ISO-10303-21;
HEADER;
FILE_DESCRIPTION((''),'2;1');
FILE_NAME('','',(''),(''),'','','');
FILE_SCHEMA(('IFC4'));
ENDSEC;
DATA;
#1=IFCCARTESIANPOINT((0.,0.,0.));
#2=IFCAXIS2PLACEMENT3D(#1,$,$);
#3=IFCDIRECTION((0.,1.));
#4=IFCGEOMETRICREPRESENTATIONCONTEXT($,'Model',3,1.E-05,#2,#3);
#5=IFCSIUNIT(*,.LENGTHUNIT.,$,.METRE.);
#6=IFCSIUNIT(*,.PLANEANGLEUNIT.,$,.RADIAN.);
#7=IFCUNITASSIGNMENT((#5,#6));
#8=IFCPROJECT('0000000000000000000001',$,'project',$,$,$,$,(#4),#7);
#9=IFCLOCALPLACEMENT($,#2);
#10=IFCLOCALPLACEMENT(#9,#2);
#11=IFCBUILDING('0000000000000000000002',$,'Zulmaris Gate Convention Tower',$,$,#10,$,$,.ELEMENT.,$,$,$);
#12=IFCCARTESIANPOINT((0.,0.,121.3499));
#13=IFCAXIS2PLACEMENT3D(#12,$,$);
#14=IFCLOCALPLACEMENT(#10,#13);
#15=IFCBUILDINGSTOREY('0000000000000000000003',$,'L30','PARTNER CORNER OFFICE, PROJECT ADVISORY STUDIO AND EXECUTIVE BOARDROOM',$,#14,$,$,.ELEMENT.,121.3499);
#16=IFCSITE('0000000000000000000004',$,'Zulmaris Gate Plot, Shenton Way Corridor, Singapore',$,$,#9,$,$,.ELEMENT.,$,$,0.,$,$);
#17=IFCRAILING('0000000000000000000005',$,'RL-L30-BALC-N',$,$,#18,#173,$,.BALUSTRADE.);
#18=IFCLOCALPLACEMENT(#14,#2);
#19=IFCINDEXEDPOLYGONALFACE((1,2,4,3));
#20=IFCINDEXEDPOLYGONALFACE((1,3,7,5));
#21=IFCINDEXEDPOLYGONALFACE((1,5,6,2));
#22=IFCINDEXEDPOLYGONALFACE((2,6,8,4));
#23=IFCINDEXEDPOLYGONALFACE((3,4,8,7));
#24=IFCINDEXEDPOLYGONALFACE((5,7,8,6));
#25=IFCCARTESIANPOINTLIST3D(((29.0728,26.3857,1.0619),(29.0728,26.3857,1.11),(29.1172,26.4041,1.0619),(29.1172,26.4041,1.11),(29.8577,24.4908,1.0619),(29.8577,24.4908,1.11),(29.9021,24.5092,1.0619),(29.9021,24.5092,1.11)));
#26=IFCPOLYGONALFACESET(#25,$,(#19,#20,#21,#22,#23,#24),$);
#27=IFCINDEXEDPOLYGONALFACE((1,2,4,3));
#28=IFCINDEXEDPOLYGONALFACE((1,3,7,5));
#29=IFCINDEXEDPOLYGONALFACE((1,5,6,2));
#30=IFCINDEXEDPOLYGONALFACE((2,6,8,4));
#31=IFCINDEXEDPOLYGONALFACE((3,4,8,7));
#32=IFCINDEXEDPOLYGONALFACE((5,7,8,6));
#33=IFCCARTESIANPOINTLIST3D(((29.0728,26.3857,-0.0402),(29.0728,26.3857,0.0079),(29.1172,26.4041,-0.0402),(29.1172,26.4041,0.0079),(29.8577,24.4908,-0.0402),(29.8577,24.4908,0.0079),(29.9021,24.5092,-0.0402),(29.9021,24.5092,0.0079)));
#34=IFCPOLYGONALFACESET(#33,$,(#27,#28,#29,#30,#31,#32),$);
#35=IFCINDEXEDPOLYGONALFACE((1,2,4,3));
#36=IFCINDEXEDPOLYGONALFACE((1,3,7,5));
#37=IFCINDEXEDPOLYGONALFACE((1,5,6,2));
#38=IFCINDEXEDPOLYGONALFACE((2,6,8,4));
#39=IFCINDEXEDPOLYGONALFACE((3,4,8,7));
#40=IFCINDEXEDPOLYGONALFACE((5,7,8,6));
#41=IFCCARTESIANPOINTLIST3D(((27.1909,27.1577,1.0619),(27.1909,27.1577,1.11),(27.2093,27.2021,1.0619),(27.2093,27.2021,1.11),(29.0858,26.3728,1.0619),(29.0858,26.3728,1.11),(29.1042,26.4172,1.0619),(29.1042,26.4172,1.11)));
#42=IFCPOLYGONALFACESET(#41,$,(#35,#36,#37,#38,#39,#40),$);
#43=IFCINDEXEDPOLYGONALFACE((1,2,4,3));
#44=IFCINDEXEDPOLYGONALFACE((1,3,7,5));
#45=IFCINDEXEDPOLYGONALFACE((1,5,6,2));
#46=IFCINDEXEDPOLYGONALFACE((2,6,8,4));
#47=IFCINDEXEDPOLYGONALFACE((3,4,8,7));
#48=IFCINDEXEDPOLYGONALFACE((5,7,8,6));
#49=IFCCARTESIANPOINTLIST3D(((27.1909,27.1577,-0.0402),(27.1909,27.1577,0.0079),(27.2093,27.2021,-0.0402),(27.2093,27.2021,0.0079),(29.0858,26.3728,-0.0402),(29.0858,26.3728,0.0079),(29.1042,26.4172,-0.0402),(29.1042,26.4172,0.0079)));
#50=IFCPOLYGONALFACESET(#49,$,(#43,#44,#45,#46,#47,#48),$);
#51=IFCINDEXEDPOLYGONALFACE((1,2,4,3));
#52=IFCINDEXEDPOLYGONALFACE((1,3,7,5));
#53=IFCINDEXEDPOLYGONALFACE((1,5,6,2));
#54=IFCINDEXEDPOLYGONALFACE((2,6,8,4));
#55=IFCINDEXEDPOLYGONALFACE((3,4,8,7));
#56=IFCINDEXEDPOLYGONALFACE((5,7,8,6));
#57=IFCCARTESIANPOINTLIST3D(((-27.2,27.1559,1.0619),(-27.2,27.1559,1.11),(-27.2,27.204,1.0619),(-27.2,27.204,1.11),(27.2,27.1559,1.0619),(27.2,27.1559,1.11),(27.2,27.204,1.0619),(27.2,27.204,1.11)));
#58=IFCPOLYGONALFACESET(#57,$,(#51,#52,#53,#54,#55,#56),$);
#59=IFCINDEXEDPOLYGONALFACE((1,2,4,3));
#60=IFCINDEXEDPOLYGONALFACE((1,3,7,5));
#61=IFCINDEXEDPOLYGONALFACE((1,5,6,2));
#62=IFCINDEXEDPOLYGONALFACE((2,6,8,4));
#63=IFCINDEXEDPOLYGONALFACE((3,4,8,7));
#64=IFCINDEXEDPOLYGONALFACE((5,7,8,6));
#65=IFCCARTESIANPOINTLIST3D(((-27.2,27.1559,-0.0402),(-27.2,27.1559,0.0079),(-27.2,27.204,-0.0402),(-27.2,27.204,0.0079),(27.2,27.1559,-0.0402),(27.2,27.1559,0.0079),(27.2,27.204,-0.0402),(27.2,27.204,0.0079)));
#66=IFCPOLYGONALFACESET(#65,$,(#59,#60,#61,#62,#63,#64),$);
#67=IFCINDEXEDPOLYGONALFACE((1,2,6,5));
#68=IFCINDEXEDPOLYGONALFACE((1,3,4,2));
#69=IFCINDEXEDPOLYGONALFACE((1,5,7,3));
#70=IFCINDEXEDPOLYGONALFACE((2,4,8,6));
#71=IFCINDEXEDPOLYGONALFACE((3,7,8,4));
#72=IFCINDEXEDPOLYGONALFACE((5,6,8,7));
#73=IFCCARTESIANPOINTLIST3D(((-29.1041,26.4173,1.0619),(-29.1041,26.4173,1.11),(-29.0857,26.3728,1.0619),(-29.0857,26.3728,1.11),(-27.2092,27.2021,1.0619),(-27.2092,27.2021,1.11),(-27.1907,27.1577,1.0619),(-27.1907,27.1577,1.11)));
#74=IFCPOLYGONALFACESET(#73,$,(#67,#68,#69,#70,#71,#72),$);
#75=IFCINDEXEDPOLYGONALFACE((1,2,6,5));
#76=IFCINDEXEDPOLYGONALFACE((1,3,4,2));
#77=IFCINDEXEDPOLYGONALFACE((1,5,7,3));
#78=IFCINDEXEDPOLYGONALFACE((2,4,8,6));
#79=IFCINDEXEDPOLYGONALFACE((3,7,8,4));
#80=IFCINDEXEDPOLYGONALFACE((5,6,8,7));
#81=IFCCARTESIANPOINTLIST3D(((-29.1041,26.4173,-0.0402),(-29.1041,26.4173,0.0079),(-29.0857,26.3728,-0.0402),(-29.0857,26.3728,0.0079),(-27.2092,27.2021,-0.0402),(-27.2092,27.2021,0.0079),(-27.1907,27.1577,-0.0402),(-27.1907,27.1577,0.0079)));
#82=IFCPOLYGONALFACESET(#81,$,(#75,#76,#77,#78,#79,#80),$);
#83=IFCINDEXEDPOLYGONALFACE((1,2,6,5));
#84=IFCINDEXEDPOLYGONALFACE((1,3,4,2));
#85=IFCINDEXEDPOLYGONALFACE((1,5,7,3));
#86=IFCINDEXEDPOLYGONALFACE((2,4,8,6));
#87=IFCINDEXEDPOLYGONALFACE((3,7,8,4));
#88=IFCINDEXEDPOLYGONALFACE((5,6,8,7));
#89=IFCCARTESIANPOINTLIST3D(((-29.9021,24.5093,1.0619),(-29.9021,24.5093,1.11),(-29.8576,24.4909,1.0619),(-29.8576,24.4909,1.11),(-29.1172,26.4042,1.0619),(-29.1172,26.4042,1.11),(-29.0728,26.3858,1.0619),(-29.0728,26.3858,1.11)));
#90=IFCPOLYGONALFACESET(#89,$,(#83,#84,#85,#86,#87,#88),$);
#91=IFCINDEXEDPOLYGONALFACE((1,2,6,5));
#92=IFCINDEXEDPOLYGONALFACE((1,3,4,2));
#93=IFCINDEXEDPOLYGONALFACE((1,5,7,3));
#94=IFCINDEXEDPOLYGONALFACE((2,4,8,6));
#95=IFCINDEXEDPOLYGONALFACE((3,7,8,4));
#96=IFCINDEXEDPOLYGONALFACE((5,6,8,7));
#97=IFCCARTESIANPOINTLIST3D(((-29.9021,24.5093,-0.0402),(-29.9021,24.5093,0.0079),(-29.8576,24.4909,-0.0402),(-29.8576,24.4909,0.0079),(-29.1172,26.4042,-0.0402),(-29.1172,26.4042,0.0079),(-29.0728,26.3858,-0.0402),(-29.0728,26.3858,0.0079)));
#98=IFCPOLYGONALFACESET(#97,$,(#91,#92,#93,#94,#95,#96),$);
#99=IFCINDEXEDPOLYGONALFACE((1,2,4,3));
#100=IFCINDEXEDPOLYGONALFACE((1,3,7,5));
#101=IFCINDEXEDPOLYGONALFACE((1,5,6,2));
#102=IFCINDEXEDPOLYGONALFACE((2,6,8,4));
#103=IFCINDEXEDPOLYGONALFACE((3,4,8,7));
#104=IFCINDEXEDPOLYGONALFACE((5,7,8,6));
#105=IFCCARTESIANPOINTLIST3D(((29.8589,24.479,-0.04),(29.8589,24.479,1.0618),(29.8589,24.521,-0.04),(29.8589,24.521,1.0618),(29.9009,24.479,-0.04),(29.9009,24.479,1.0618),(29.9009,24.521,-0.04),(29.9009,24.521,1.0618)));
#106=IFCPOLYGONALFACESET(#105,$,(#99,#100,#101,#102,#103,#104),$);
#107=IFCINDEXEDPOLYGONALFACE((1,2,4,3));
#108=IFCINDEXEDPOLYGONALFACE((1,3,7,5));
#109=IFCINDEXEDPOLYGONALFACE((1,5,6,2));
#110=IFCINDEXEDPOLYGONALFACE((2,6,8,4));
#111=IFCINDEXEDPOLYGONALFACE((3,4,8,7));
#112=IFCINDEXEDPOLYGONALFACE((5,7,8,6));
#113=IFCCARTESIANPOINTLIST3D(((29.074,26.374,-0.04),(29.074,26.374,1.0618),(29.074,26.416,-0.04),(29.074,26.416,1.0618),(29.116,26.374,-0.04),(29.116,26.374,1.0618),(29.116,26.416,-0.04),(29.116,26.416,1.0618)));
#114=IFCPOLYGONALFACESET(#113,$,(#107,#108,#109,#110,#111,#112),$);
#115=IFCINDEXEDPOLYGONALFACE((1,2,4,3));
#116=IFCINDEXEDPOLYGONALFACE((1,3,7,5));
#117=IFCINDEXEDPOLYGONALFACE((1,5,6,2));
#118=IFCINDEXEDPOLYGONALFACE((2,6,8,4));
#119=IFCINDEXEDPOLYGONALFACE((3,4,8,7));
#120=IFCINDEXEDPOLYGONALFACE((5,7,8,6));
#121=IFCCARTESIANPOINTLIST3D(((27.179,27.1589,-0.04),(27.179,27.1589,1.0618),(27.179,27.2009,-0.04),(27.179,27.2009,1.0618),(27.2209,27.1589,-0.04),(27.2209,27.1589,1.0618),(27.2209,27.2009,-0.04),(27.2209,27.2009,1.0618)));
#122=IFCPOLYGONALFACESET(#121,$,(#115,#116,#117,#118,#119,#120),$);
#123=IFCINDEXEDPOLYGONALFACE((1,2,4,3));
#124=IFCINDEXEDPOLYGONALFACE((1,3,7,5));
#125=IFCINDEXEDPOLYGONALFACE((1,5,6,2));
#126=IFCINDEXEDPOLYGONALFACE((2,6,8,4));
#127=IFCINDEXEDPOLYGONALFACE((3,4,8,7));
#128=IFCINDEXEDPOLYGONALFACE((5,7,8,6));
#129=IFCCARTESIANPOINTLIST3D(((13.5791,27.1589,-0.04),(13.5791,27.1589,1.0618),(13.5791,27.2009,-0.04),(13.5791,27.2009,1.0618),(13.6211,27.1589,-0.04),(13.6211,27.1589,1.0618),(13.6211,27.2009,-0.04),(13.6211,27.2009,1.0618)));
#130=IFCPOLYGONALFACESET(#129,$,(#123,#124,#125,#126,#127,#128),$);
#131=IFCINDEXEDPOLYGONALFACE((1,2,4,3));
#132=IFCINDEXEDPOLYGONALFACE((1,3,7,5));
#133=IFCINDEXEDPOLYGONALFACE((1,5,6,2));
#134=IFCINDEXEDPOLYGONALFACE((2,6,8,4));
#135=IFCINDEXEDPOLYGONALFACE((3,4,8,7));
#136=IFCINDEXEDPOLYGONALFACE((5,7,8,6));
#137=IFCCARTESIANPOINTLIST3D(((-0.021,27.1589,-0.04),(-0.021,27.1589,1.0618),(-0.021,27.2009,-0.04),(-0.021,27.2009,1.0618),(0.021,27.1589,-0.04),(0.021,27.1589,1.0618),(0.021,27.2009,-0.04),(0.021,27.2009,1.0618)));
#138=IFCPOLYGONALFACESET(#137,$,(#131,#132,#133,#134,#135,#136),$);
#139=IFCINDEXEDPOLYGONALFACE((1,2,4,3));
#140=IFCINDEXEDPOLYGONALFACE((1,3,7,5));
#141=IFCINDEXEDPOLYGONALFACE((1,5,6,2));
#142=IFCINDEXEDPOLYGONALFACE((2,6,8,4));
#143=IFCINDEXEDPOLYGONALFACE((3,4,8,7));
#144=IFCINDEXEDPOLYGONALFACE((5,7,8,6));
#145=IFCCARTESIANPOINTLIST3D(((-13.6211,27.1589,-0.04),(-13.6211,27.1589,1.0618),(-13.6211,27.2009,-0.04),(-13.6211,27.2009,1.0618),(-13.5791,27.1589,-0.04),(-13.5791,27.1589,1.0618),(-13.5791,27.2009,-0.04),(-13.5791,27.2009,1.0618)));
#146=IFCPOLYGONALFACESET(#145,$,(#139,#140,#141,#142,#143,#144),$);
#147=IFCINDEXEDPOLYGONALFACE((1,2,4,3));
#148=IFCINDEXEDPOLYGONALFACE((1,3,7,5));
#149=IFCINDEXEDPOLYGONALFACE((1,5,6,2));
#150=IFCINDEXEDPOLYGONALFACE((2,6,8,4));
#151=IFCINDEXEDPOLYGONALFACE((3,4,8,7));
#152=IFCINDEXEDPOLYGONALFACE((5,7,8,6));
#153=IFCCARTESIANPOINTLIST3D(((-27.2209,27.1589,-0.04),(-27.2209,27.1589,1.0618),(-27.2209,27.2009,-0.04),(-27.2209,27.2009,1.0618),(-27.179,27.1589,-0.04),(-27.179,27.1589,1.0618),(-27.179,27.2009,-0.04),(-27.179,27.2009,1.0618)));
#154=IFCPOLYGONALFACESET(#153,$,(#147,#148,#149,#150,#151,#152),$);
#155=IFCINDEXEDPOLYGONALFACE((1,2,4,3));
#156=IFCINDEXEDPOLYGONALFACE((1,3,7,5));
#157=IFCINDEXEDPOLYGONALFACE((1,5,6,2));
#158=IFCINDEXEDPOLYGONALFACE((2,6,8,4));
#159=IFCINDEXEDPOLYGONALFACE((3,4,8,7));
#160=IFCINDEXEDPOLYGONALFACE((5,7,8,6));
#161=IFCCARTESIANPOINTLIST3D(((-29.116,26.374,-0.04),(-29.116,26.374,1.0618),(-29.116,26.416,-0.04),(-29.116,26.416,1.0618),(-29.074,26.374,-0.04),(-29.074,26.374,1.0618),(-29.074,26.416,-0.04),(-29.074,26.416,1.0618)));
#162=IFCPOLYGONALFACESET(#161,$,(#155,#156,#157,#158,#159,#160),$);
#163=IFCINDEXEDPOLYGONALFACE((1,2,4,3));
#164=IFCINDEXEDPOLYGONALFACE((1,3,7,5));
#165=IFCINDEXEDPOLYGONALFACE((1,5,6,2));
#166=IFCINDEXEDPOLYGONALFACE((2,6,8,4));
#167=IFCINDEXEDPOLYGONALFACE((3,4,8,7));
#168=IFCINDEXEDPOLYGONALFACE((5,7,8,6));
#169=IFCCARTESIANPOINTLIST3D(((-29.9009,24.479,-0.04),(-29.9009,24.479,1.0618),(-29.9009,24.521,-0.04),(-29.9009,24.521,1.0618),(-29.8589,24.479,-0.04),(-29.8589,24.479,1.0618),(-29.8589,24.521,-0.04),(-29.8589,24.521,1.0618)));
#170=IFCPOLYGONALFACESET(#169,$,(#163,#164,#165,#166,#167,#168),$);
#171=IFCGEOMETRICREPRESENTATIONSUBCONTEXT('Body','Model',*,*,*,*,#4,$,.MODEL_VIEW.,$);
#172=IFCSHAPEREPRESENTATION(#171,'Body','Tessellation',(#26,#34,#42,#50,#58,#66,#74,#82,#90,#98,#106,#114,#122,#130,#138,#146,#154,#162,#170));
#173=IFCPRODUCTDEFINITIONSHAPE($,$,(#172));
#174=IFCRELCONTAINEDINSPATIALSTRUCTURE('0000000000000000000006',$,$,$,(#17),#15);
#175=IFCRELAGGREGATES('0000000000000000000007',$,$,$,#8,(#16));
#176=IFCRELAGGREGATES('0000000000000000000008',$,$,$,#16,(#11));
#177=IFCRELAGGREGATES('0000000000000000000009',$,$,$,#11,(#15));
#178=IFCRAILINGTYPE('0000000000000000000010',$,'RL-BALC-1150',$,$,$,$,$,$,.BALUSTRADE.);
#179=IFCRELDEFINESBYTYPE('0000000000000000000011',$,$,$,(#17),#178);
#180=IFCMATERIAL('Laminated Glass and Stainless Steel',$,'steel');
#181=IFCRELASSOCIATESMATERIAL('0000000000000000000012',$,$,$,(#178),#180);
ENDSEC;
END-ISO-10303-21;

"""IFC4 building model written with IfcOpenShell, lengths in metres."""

from ifc_helpers import new_model, si_unit, direction, frame, origin, origin_2d, place, context, subcontext, project, spatial, rectangle, extrude, material, type_object, element, save


model = new_model("IFC4")

# Units and contexts
model_context = context("Model", 3, precision=1e-05, world=origin(), true_north=direction((0.0, 1.0)))
body_context = subcontext(model_context, "Body", "Model", "MODEL_VIEW")
ifc_project = project(units=[si_unit("LENGTHUNIT", "METRE"), si_unit("PLANEANGLEUNIT", "RADIAN")], contexts=[model_context])

# Site, building, storey
site_placement = place(None, origin())
site = spatial("IfcSite", under=ifc_project, at=site_placement, Name="Zulmaris Gate Plot, Shenton Way Corridor, Singapore", CompositionType="ELEMENT", RefElevation=0.0)
building_placement = place(site_placement, origin())
building = spatial("IfcBuilding", under=site, at=building_placement, Name="Zulmaris Gate Convention Tower", CompositionType="ELEMENT")
storey_placement = place(building_placement, frame((0.0, 0.0, 121.3499)))
storey = spatial("IfcBuildingStorey", under=building, at=storey_placement, Name="L30", Description="PARTNER CORNER OFFICE, PROJECT ADVISORY STUDIO AND EXECUTIVE BOARDROOM", CompositionType="ELEMENT", Elevation=121.3499)

# Railing
ifc_material_1 = material(Name="Laminated Glass and Stainless Steel", Category="steel")
railing_type = type_object("IfcRailingType", Name="RL-BALC-1150", PredefinedType="BALUSTRADE", material=ifc_material_1)
railing_placement = place(storey_placement, frame((29.8799, 24.5, -0.04)))
element("IfcRailing", 1, at=railing_placement, inside=storey, type_object=railing_type, Name="RL-L30-BALC-N", PredefinedType="BALUSTRADE", context=body_context, shape_type="SweptSolid", body=[
    extrude(rectangle(XDim=0.0481, YDim=0.0481, at=origin_2d()), frame((0.0, 0.0, 1.126), z_axis=(-0.382671, 0.923885, 0.0), x_axis=(-0.923885, -0.382671, 0.0)), (0.0, 0.0, 1.0), 2.051),
    extrude(rectangle(XDim=0.0481, YDim=0.0481, at=origin_2d()), frame((0.0, 0.0, 0.0239), z_axis=(-0.382671, 0.923885, 0.0), x_axis=(-0.923885, -0.382671, 0.0)), (0.0, 0.0, 1.0), 2.051),
    extrude(rectangle(XDim=0.0481, YDim=0.0481, at=origin_2d()), frame((-0.7849, 1.895, 1.126), z_axis=(-0.923885, 0.382671, 0.0), x_axis=(-0.382671, -0.923885, 0.0)), (0.0, 0.0, 1.0), 2.051),
    extrude(rectangle(XDim=0.0481, YDim=0.0481, at=origin_2d()), frame((-0.7849, 1.895, 0.0239), z_axis=(-0.923885, 0.382671, 0.0), x_axis=(-0.382671, -0.923885, 0.0)), (0.0, 0.0, 1.0), 2.051),
    extrude(rectangle(XDim=0.0481, YDim=0.0481, at=origin_2d()), frame((-2.6799, 2.6799, 1.126), z_axis=(-1.0, 0.0, 0.0), x_axis=(0.0, -1.0, 0.0)), (0.0, 0.0, 1.0), 54.3999),
    extrude(rectangle(XDim=0.0481, YDim=0.0481, at=origin_2d()), frame((-2.6799, 2.6799, 0.0239), z_axis=(-1.0, 0.0, 0.0), x_axis=(0.0, -1.0, 0.0)), (0.0, 0.0, 1.0), 54.3999),
    extrude(rectangle(XDim=0.0481, YDim=0.0481, at=origin_2d()), frame((-57.0798, 2.6799, 1.126), z_axis=(-0.923885, -0.382671, 0.0), x_axis=(0.382671, -0.923885, 0.0)), (0.0, 0.0, 1.0), 2.051),
    extrude(rectangle(XDim=0.0481, YDim=0.0481, at=origin_2d()), frame((-57.0798, 2.6799, 0.0239), z_axis=(-0.923885, -0.382671, 0.0), x_axis=(0.382671, -0.923885, 0.0)), (0.0, 0.0, 1.0), 2.051),
    extrude(rectangle(XDim=0.0481, YDim=0.0481, at=origin_2d()), frame((-58.9749, 1.895, 1.126), z_axis=(-0.382671, -0.923885, 0.0), x_axis=(0.923885, -0.382671, 0.0)), (0.0, 0.0, 1.0), 2.051),
    extrude(rectangle(XDim=0.0481, YDim=0.0481, at=origin_2d()), frame((-58.9749, 1.895, 0.0239), z_axis=(-0.382671, -0.923885, 0.0), x_axis=(0.923885, -0.382671, 0.0)), (0.0, 0.0, 1.0), 2.051),
    extrude(rectangle(XDim=0.042, YDim=0.042, at=origin_2d()), origin(), (0.0, 0.0, 1.0), 1.1018),
    extrude(rectangle(XDim=0.042, YDim=0.042, at=origin_2d()), frame((-0.7849, 1.895, 0.0)), (0.0, 0.0, 1.0), 1.1018),
    extrude(rectangle(XDim=0.042, YDim=0.042, at=origin_2d()), frame((-2.6799, 2.6799, 0.0)), (0.0, 0.0, 1.0), 1.1018),
    extrude(rectangle(XDim=0.042, YDim=0.042, at=origin_2d()), frame((-16.2798, 2.6799, 0.0)), (0.0, 0.0, 1.0), 1.1018),
    extrude(rectangle(XDim=0.042, YDim=0.042, at=origin_2d()), frame((-29.8799, 2.6799, 0.0)), (0.0, 0.0, 1.0), 1.1018),
    extrude(rectangle(XDim=0.042, YDim=0.042, at=origin_2d()), frame((-43.48, 2.6799, 0.0)), (0.0, 0.0, 1.0), 1.1018),
    extrude(rectangle(XDim=0.042, YDim=0.042, at=origin_2d()), frame((-57.0798, 2.6799, 0.0)), (0.0, 0.0, 1.0), 1.1018),
    extrude(rectangle(XDim=0.042, YDim=0.042, at=origin_2d()), frame((-58.9749, 1.895, 0.0)), (0.0, 0.0, 1.0), 1.1018),
    extrude(rectangle(XDim=0.042, YDim=0.042, at=origin_2d()), frame((-59.7598, 0.0, 0.0)), (0.0, 0.0, 1.0), 1.1018),
])

save(model, "model.ifc")
